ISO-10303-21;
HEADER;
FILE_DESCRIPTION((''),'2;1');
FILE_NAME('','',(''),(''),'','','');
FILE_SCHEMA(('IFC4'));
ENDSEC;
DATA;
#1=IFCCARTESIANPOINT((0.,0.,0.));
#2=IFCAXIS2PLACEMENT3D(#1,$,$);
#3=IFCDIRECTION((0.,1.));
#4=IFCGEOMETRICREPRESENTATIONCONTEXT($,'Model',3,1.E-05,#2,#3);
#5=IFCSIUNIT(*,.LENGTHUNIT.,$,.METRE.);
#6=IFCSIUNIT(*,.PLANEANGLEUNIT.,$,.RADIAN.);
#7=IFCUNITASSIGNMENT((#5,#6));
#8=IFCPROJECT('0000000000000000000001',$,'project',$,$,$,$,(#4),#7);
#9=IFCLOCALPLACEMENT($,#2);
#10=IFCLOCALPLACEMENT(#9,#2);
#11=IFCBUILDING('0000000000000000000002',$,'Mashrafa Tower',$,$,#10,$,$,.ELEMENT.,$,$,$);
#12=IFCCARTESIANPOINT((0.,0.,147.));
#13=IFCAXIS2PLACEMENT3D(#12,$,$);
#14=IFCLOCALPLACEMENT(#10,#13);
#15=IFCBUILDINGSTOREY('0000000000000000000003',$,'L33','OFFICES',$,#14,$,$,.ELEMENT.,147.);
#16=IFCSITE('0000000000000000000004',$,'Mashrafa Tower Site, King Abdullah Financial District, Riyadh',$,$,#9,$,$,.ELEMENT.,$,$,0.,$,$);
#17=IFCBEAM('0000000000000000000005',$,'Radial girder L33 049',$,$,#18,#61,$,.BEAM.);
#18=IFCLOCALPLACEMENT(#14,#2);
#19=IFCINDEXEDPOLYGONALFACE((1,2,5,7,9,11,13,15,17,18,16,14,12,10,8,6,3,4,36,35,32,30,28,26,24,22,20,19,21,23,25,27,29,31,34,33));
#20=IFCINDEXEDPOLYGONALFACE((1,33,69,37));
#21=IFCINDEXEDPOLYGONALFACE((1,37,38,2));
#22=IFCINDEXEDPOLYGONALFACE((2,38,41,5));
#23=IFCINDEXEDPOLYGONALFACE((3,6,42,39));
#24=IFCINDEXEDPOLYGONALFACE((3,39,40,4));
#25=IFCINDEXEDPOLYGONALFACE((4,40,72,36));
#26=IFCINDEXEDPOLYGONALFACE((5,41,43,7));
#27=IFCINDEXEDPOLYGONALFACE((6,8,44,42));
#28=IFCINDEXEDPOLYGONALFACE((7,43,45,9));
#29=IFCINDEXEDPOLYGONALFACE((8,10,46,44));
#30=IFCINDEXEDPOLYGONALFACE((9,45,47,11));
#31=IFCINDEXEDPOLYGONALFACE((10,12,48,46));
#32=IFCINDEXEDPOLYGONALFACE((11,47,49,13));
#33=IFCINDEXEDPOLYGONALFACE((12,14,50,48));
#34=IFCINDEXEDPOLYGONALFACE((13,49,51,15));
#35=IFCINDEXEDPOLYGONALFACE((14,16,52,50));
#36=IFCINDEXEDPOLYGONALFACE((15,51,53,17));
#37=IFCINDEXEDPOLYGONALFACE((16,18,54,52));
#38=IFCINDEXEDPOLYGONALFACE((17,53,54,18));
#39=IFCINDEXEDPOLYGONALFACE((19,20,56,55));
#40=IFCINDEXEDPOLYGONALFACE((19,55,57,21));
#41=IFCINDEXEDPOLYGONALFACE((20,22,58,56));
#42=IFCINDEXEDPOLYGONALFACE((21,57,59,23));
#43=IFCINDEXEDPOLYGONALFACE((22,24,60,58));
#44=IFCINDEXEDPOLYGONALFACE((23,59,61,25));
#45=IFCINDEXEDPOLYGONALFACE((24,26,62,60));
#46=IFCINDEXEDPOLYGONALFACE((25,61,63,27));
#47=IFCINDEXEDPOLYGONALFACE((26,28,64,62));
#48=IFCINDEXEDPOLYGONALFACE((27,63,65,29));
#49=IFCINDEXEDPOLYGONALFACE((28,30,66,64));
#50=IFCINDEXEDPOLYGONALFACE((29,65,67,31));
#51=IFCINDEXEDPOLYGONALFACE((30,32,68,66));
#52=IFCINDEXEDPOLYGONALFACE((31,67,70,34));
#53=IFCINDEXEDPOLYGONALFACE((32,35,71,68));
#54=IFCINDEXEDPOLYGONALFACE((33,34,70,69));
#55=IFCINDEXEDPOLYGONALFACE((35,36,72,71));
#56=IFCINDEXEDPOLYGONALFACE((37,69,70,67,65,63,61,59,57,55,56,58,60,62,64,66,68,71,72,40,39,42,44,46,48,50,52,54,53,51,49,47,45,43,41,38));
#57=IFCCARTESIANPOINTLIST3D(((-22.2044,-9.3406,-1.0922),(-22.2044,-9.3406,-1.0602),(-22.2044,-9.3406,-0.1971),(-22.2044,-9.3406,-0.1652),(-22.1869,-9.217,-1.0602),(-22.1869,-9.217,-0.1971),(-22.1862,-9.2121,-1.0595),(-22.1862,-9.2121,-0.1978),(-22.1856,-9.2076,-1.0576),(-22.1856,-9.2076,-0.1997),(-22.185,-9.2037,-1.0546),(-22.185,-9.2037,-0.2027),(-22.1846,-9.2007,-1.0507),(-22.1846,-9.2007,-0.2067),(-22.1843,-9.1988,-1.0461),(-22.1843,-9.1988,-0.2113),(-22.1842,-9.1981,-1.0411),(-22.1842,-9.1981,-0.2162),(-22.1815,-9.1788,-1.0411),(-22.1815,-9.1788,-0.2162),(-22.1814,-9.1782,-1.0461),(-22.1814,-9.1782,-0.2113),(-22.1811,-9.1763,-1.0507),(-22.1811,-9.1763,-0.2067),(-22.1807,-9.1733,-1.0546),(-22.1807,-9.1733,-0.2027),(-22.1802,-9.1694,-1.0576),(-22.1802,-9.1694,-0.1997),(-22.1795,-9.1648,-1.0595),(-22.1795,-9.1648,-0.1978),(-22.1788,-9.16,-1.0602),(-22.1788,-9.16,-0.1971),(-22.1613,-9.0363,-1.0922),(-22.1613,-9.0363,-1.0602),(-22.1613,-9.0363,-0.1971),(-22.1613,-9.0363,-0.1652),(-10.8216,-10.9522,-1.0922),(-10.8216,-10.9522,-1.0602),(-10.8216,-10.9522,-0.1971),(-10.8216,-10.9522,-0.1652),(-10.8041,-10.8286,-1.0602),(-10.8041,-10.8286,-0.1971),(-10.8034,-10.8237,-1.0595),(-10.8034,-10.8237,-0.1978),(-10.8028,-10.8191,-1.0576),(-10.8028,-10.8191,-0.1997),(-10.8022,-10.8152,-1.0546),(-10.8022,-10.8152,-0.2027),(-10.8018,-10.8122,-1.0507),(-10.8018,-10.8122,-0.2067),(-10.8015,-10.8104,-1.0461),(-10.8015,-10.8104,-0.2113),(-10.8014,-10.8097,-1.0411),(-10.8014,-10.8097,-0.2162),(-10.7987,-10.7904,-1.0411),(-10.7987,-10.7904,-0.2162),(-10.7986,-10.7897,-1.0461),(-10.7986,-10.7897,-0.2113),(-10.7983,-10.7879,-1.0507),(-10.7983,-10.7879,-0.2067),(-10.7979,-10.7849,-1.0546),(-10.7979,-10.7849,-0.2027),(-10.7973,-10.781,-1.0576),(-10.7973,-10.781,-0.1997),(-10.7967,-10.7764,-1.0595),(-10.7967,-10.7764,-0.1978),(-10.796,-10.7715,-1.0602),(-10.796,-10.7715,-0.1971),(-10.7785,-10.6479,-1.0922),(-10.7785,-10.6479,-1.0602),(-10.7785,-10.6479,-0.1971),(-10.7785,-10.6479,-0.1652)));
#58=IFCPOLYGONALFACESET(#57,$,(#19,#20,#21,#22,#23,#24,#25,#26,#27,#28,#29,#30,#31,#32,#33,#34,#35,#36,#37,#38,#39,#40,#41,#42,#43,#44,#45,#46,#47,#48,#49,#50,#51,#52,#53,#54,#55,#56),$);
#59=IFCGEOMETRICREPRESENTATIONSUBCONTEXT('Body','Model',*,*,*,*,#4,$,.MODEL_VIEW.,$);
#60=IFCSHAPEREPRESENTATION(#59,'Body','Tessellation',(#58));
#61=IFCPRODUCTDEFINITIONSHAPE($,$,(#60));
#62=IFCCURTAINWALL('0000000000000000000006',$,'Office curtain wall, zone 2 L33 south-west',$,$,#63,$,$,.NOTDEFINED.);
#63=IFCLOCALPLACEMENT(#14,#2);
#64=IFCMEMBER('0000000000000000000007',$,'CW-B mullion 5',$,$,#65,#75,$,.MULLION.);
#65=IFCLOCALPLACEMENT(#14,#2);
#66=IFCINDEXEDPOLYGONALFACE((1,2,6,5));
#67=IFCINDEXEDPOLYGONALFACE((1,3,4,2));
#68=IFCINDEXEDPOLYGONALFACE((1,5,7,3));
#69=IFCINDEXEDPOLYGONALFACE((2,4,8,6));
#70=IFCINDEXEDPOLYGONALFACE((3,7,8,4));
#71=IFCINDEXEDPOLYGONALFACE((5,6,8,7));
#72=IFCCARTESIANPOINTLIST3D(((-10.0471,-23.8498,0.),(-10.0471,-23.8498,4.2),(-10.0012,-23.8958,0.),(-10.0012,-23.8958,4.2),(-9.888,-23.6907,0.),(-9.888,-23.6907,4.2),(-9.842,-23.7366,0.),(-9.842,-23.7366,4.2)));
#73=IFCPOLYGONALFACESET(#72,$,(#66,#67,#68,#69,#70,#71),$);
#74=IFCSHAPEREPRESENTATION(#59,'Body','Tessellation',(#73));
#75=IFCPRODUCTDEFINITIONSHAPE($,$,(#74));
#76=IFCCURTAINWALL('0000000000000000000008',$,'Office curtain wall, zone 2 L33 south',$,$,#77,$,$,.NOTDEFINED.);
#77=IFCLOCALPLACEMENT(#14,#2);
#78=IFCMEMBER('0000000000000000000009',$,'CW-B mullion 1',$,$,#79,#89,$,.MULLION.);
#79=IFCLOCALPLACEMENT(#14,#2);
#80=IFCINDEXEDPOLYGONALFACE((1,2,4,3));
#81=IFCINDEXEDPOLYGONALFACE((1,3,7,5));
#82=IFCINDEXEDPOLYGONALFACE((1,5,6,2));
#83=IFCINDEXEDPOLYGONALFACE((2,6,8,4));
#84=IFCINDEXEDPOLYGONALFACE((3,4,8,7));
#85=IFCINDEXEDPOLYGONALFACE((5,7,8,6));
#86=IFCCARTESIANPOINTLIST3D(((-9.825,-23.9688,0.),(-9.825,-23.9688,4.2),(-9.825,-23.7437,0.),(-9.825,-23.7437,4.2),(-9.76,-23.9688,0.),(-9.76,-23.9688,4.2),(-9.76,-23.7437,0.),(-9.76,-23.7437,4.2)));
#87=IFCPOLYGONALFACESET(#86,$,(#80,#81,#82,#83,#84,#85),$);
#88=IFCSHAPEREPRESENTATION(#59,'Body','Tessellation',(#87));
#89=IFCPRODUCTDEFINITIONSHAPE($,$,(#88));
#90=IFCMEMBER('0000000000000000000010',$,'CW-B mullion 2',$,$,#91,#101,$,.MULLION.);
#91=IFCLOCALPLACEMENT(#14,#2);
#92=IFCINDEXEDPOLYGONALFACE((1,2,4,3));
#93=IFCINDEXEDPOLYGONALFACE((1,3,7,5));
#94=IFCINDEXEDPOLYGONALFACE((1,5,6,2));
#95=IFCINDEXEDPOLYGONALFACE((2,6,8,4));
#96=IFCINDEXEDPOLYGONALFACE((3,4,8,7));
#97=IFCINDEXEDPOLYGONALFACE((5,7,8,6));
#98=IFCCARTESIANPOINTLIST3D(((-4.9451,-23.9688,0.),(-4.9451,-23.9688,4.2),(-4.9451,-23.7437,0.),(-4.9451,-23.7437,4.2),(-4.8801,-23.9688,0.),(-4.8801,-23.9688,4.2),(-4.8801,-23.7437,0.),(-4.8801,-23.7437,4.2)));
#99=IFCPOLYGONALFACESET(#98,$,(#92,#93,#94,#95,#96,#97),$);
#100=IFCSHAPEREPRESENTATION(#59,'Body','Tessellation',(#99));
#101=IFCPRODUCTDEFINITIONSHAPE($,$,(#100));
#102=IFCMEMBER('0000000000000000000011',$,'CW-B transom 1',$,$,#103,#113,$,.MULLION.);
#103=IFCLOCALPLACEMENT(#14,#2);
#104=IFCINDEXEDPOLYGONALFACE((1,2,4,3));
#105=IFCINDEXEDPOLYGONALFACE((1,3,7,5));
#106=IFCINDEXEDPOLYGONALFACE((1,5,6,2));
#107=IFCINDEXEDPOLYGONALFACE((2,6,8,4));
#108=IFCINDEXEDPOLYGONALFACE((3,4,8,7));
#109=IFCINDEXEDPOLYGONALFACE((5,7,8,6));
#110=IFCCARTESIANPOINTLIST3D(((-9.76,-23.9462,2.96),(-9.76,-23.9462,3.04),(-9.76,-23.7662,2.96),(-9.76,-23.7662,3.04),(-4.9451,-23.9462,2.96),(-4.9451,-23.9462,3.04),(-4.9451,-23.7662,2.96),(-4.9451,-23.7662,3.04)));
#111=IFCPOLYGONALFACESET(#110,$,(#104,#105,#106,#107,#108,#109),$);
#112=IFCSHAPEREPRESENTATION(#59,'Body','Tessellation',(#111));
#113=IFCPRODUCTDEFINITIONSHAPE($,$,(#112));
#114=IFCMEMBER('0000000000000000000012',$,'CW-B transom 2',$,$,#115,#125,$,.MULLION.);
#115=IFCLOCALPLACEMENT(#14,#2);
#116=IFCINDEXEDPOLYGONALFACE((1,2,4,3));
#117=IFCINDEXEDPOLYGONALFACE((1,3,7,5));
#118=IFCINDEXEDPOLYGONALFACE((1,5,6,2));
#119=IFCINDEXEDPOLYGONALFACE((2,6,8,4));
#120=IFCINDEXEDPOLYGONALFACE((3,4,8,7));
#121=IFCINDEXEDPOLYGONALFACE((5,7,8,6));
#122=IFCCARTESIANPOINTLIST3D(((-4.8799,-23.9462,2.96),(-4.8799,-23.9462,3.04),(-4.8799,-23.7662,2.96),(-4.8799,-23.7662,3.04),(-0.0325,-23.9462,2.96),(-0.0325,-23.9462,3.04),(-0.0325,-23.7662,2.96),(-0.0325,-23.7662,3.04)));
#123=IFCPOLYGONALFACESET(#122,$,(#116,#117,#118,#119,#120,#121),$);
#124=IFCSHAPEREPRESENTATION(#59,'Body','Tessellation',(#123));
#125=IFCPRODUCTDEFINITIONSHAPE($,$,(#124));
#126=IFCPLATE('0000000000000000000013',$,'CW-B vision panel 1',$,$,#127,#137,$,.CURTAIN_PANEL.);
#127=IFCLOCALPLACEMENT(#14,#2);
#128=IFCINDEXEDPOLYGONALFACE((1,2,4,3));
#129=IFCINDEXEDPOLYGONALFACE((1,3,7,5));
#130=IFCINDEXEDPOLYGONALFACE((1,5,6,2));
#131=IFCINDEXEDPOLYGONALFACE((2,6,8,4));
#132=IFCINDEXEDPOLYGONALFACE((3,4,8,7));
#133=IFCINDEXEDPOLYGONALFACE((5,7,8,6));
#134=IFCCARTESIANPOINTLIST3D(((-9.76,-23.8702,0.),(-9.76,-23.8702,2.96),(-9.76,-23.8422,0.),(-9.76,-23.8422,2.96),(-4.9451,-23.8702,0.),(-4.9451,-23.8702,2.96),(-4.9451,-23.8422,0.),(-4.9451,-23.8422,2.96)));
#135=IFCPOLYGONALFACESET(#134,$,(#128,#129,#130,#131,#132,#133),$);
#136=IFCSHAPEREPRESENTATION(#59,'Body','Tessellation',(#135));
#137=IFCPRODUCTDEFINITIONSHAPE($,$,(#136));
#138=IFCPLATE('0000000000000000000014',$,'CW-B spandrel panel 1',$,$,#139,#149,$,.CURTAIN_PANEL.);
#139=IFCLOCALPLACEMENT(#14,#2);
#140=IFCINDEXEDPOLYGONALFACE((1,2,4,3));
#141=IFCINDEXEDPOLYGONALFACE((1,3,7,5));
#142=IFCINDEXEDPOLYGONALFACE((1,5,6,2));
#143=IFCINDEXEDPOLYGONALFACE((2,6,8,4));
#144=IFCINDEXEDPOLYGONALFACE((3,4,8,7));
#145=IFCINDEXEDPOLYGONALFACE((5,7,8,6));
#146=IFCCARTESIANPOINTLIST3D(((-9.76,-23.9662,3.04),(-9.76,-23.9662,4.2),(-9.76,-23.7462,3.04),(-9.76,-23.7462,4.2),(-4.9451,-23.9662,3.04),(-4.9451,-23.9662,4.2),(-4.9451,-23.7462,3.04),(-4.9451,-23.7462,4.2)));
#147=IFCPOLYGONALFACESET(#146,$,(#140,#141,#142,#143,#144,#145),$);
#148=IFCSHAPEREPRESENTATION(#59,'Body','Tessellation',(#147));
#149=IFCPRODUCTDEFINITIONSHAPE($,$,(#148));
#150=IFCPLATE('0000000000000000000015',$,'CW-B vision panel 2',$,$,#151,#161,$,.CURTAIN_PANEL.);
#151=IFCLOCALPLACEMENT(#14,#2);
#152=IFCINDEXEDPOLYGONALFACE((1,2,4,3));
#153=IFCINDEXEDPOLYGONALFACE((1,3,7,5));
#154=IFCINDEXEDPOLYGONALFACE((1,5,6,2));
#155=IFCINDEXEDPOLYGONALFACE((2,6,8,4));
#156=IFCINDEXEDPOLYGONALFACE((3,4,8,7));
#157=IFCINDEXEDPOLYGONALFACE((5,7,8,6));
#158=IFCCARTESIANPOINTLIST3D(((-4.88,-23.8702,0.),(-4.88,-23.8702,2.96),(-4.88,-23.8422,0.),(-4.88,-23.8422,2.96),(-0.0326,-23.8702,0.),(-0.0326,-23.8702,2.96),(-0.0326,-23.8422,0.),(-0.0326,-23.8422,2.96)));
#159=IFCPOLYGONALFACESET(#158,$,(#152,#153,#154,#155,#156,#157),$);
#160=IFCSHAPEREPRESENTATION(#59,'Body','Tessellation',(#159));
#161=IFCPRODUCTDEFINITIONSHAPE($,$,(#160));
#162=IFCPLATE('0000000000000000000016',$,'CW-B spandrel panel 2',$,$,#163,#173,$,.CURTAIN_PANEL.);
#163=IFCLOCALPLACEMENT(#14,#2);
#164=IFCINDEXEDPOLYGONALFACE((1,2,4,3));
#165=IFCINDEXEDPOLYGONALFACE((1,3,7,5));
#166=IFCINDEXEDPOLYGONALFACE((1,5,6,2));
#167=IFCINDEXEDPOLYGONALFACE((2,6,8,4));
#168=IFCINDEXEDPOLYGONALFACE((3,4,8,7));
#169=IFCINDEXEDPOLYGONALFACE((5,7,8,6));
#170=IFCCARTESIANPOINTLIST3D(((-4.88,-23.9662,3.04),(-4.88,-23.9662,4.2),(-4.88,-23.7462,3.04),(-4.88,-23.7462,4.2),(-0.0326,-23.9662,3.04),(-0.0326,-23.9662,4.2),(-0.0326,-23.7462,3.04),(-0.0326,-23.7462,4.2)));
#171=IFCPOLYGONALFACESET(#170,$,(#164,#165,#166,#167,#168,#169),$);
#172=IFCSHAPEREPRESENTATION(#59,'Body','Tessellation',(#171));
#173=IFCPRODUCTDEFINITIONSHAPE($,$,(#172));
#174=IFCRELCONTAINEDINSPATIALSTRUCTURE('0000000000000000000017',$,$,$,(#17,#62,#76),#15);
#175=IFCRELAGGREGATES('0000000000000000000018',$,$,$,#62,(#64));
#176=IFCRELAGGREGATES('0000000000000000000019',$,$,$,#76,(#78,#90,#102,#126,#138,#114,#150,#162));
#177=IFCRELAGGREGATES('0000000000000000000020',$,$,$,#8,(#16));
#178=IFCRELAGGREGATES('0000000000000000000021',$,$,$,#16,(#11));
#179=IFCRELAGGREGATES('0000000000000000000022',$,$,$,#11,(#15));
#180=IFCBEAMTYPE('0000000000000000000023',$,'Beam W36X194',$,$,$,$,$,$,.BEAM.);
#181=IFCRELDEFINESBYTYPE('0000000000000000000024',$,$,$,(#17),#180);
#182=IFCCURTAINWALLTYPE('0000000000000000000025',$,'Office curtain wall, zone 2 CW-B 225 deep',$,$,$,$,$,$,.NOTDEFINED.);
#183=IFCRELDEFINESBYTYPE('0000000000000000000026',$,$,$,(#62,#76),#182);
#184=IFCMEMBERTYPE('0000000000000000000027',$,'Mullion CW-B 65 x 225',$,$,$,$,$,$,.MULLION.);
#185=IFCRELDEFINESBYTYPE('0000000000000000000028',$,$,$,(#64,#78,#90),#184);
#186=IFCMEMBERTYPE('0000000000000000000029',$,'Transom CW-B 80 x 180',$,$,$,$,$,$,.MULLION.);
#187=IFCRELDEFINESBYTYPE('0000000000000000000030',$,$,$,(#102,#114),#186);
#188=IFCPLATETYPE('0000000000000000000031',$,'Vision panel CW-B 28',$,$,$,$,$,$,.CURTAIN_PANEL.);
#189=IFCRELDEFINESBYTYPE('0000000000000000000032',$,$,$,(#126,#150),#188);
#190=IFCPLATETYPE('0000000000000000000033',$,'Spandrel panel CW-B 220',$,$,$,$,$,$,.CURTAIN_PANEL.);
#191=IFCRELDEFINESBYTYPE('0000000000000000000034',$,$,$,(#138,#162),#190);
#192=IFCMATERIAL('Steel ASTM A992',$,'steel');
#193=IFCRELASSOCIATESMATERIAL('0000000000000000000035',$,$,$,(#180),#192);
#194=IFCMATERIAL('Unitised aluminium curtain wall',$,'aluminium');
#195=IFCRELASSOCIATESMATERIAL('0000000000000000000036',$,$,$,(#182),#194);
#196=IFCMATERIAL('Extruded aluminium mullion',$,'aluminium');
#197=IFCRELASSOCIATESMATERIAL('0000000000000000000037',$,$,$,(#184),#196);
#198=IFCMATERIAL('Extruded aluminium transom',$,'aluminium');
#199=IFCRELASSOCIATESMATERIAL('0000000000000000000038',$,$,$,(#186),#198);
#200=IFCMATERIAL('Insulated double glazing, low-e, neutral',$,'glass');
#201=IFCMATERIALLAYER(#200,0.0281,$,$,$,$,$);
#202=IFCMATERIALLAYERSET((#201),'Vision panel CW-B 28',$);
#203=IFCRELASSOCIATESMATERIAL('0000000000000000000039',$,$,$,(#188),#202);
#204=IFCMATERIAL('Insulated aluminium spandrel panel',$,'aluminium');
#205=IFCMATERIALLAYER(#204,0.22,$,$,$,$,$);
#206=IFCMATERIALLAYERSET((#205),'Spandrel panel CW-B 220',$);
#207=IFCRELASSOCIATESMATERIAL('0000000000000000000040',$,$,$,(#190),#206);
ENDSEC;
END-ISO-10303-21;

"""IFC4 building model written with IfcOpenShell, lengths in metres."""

from ifc_helpers import new_model, si_unit, direction, frame, origin, origin_2d, place, context, subcontext, project, spatial, rectangle, i_section, extrude, source, transform, mapped, material, layer, layer_set, material_profile, profile_set, type_object, type_shapes, element, aggregate, save


model = new_model("IFC4")

# Units and contexts
model_context = context("Model", 3, precision=1e-05, world=origin(), true_north=direction((0.0, 1.0)))
body_context = subcontext(model_context, "Body", "Model", "MODEL_VIEW")
ifc_project = project(units=[si_unit("LENGTHUNIT", "METRE"), si_unit("PLANEANGLEUNIT", "RADIAN")], contexts=[model_context])

# Site, building, storey
site_placement = place(None, origin())
site = spatial("IfcSite", under=ifc_project, at=site_placement, Name="Mashrafa Tower Site, King Abdullah Financial District, Riyadh", CompositionType="ELEMENT", RefElevation=0.0)
building_placement = place(site_placement, origin())
building = spatial("IfcBuilding", under=site, at=building_placement, Name="Mashrafa Tower", CompositionType="ELEMENT")
storey_placement = place(building_placement, frame((0.0, 0.0, 147.0)))
storey = spatial("IfcBuildingStorey", under=building, at=storey_placement, Name="L33", Description="OFFICES", CompositionType="ELEMENT", Elevation=147.0)

# Beam
ifc_material_1 = material(Name="Steel ASTM A992", Category="steel")
ifc_material_profile_1 = material_profile(ifc_material_1, i_section(OverallWidth=0.3074, OverallDepth=0.927, WebThickness=0.0195, FlangeThickness=0.032, FilletRadius=0.019, at=origin_2d()), Name="W36X194")
ifc_profile_set_1 = profile_set([ifc_material_profile_1], Name="Steel ASTM A992")
beam_type_1 = type_object("IfcBeamType", Name="Beam W36X194", PredefinedType="BEAM", material=ifc_profile_set_1)
beam_1_placement = place(storey_placement, frame((-10.8, -10.8, -0.6287), z_axis=(-0.990126, 0.140181, 0.0), x_axis=(-0.140181, -0.990126, 0.0)))
element("IfcBeam", 1, at=beam_1_placement, inside=storey, type_object=beam_type_1, Name="Radial girder L33 049", PredefinedType="BEAM", context=body_context, shape_type="SweptSolid", body=[
    extrude(i_section(OverallWidth=0.3074, OverallDepth=0.927, WebThickness=0.0195, FlangeThickness=0.032, FilletRadius=0.019, at=origin_2d()), origin(), (0.0, 0.0, 1.0), 11.4963),
])

# Curtain wall, member
ifc_material_2 = material(Name="Unitised aluminium curtain wall", Category="aluminium")
curtain_wall_type = type_object("IfcCurtainWallType", Name="Office curtain wall, zone 2 CW-B 225 deep", PredefinedType="NOTDEFINED", material=ifc_material_2)
curtain_wall_1_placement = place(storey_placement, origin())
curtain_wall_1 = element("IfcCurtainWall", 2, at=curtain_wall_1_placement, inside=storey, type_object=curtain_wall_type, Name="Office curtain wall, zone 2 L33 south-west", PredefinedType="NOTDEFINED")
ifc_material_3 = material(Name="Extruded aluminium mullion", Category="aluminium")
ifc_material_profile_2 = material_profile(ifc_material_3, rectangle(XDim=0.2251, YDim=0.0649, at=origin_2d()), Name="Mullion 65x225")
ifc_profile_set_2 = profile_set([ifc_material_profile_2], Name="Extruded aluminium mullion")
member_type_1 = type_object("IfcMemberType", Name="Mullion CW-B 65 x 225", PredefinedType="MULLION", material=ifc_profile_set_2)
shared_shape_1 = source(origin(), body_context, "Body", "SweptSolid", [
    extrude(rectangle(XDim=0.2251, YDim=0.0649, at=origin_2d()), origin(), (0.0, 0.0, 1.0), 4.2),
])
type_shapes(member_type_1, [shared_shape_1])
member_1_placement = place(storey_placement, frame((-9.9446, -23.7932, 0.0), z_axis=(0.0, 0.0, 1.0), x_axis=(0.707107, 0.707107, 0.0)))
member_1 = element("IfcMember", 3, at=member_1_placement, type_object=member_type_1, Name="CW-B mullion 5", PredefinedType="MULLION", context=body_context, shape_type="MappedRepresentation", body=[
    mapped(shared_shape_1, transform((0.0, 0.0, 0.0))),
])
aggregate(curtain_wall_1, [member_1])

# Curtain wall, members, plates
curtain_wall_2_placement = place(storey_placement, origin())
curtain_wall_2 = element("IfcCurtainWall", 4, at=curtain_wall_2_placement, inside=storey, type_object=curtain_wall_type, Name="Office curtain wall, zone 2 L33 south", PredefinedType="NOTDEFINED")
member_2_placement = place(storey_placement, frame((-9.7925, -23.8562, 0.0), z_axis=(0.0, 0.0, 1.0), x_axis=(0.0, 1.0, 0.0)))
member_2 = element("IfcMember", 5, at=member_2_placement, type_object=member_type_1, Name="CW-B mullion 1", PredefinedType="MULLION", context=body_context, shape_type="MappedRepresentation", body=[
    mapped(shared_shape_1, transform((0.0, 0.0, 0.0))),
])
member_3_placement = place(storey_placement, frame((-4.9126, -23.8562, 0.0), z_axis=(0.0, 0.0, 1.0), x_axis=(0.0, 1.0, 0.0)))
member_3 = element("IfcMember", 6, at=member_3_placement, type_object=member_type_1, Name="CW-B mullion 2", PredefinedType="MULLION", context=body_context, shape_type="MappedRepresentation", body=[
    mapped(shared_shape_1, transform((0.0, 0.0, 0.0))),
])
ifc_material_4 = material(Name="Extruded aluminium transom", Category="aluminium")
ifc_material_profile_3 = material_profile(ifc_material_4, rectangle(XDim=0.1799, YDim=0.0801, at=origin_2d()), Name="Transom 80x180")
ifc_profile_set_3 = profile_set([ifc_material_profile_3], Name="Extruded aluminium transom")
member_type_2 = type_object("IfcMemberType", Name="Transom CW-B 80 x 180", PredefinedType="MULLION", material=ifc_profile_set_3)
shared_shape_2 = source(origin(), body_context, "Body", "SweptSolid", [
    extrude(rectangle(XDim=0.1799, YDim=0.0801, at=origin_2d()), origin(), (0.0, 0.0, 1.0), 4.8149),
])
member_4_placement = place(storey_placement, frame((-9.76, -23.8562, 3.0), z_axis=(1.0, 0.0, 0.0), x_axis=(0.0, 1.0, 0.0)))
member_4 = element("IfcMember", 7, at=member_4_placement, type_object=member_type_2, Name="CW-B transom 1", PredefinedType="MULLION", context=body_context, shape_type="MappedRepresentation", body=[
    mapped(shared_shape_2, transform((0.0, 0.0, 0.0))),
])
shared_shape_3 = source(origin(), body_context, "Body", "SweptSolid", [
    extrude(rectangle(XDim=0.1799, YDim=0.0801, at=origin_2d()), origin(), (0.0, 0.0, 1.0), 4.8474),
])
type_shapes(member_type_2, [shared_shape_2, shared_shape_3])
member_5_placement = place(storey_placement, frame((-4.8799, -23.8562, 3.0), z_axis=(1.0, 0.0, 0.0), x_axis=(0.0, 1.0, 0.0)))
member_5 = element("IfcMember", 8, at=member_5_placement, type_object=member_type_2, Name="CW-B transom 2", PredefinedType="MULLION", context=body_context, shape_type="MappedRepresentation", body=[
    mapped(shared_shape_3, transform((0.0, 0.0, 0.0))),
])
ifc_material_5 = material(Name="Insulated double glazing, low-e, neutral", Category="glass")
ifc_layer_1 = layer(ifc_material_5, 0.0281)
ifc_layer_set_1 = layer_set([ifc_layer_1], Name="Vision panel CW-B 28")
plate_type_1 = type_object("IfcPlateType", Name="Vision panel CW-B 28", PredefinedType="CURTAIN_PANEL", material=ifc_layer_set_1)
shared_shape_4 = source(origin(), body_context, "Body", "SweptSolid", [
    extrude(rectangle(XDim=4.8149, YDim=0.0281, at=origin_2d()), origin(), (0.0, 0.0, 1.0), 2.96),
])
plate_1_placement = place(storey_placement, frame((-7.3525, -23.8562, 0.0), z_axis=(0.0, 0.0, 1.0), x_axis=(1.0, 0.0, 0.0)))
plate_1 = element("IfcPlate", 9, at=plate_1_placement, type_object=plate_type_1, Name="CW-B vision panel 1", PredefinedType="CURTAIN_PANEL", context=body_context, shape_type="MappedRepresentation", body=[
    mapped(shared_shape_4, transform((0.0, 0.0, 0.0))),
])
ifc_material_6 = material(Name="Insulated aluminium spandrel panel", Category="aluminium")
ifc_layer_2 = layer(ifc_material_6, 0.22)
ifc_layer_set_2 = layer_set([ifc_layer_2], Name="Spandrel panel CW-B 220")
plate_type_2 = type_object("IfcPlateType", Name="Spandrel panel CW-B 220", PredefinedType="CURTAIN_PANEL", material=ifc_layer_set_2)
shared_shape_5 = source(origin(), body_context, "Body", "SweptSolid", [
    extrude(rectangle(XDim=4.8149, YDim=0.22, at=origin_2d()), origin(), (0.0, 0.0, 1.0), 1.1599),
])
plate_2_placement = place(storey_placement, frame((-7.3525, -23.8562, 3.04), z_axis=(0.0, 0.0, 1.0), x_axis=(1.0, 0.0, 0.0)))
plate_2 = element("IfcPlate", 10, at=plate_2_placement, type_object=plate_type_2, Name="CW-B spandrel panel 1", PredefinedType="CURTAIN_PANEL", context=body_context, shape_type="MappedRepresentation", body=[
    mapped(shared_shape_5, transform((0.0, 0.0, 0.0))),
])
shared_shape_6 = source(origin(), body_context, "Body", "SweptSolid", [
    extrude(rectangle(XDim=4.8474, YDim=0.0281, at=origin_2d()), origin(), (0.0, 0.0, 1.0), 2.96),
])
type_shapes(plate_type_1, [shared_shape_4, shared_shape_6])
plate_3_placement = place(storey_placement, frame((-2.4563, -23.8562, 0.0), z_axis=(0.0, 0.0, 1.0), x_axis=(1.0, 0.0, 0.0)))
plate_3 = element("IfcPlate", 11, at=plate_3_placement, type_object=plate_type_1, Name="CW-B vision panel 2", PredefinedType="CURTAIN_PANEL", context=body_context, shape_type="MappedRepresentation", body=[
    mapped(shared_shape_6, transform((0.0, 0.0, 0.0))),
])
shared_shape_7 = source(origin(), body_context, "Body", "SweptSolid", [
    extrude(rectangle(XDim=4.8474, YDim=0.22, at=origin_2d()), origin(), (0.0, 0.0, 1.0), 1.1599),
])
type_shapes(plate_type_2, [shared_shape_5, shared_shape_7])
plate_4_placement = place(storey_placement, frame((-2.4563, -23.8562, 3.04), z_axis=(0.0, 0.0, 1.0), x_axis=(1.0, 0.0, 0.0)))
plate_4 = element("IfcPlate", 12, at=plate_4_placement, type_object=plate_type_2, Name="CW-B spandrel panel 2", PredefinedType="CURTAIN_PANEL", context=body_context, shape_type="MappedRepresentation", body=[
    mapped(shared_shape_7, transform((0.0, 0.0, 0.0))),
])
aggregate(curtain_wall_2, [member_2, member_3, member_4, plate_1, plate_2, member_5, plate_3, plate_4])

save(model, "model.ifc")
